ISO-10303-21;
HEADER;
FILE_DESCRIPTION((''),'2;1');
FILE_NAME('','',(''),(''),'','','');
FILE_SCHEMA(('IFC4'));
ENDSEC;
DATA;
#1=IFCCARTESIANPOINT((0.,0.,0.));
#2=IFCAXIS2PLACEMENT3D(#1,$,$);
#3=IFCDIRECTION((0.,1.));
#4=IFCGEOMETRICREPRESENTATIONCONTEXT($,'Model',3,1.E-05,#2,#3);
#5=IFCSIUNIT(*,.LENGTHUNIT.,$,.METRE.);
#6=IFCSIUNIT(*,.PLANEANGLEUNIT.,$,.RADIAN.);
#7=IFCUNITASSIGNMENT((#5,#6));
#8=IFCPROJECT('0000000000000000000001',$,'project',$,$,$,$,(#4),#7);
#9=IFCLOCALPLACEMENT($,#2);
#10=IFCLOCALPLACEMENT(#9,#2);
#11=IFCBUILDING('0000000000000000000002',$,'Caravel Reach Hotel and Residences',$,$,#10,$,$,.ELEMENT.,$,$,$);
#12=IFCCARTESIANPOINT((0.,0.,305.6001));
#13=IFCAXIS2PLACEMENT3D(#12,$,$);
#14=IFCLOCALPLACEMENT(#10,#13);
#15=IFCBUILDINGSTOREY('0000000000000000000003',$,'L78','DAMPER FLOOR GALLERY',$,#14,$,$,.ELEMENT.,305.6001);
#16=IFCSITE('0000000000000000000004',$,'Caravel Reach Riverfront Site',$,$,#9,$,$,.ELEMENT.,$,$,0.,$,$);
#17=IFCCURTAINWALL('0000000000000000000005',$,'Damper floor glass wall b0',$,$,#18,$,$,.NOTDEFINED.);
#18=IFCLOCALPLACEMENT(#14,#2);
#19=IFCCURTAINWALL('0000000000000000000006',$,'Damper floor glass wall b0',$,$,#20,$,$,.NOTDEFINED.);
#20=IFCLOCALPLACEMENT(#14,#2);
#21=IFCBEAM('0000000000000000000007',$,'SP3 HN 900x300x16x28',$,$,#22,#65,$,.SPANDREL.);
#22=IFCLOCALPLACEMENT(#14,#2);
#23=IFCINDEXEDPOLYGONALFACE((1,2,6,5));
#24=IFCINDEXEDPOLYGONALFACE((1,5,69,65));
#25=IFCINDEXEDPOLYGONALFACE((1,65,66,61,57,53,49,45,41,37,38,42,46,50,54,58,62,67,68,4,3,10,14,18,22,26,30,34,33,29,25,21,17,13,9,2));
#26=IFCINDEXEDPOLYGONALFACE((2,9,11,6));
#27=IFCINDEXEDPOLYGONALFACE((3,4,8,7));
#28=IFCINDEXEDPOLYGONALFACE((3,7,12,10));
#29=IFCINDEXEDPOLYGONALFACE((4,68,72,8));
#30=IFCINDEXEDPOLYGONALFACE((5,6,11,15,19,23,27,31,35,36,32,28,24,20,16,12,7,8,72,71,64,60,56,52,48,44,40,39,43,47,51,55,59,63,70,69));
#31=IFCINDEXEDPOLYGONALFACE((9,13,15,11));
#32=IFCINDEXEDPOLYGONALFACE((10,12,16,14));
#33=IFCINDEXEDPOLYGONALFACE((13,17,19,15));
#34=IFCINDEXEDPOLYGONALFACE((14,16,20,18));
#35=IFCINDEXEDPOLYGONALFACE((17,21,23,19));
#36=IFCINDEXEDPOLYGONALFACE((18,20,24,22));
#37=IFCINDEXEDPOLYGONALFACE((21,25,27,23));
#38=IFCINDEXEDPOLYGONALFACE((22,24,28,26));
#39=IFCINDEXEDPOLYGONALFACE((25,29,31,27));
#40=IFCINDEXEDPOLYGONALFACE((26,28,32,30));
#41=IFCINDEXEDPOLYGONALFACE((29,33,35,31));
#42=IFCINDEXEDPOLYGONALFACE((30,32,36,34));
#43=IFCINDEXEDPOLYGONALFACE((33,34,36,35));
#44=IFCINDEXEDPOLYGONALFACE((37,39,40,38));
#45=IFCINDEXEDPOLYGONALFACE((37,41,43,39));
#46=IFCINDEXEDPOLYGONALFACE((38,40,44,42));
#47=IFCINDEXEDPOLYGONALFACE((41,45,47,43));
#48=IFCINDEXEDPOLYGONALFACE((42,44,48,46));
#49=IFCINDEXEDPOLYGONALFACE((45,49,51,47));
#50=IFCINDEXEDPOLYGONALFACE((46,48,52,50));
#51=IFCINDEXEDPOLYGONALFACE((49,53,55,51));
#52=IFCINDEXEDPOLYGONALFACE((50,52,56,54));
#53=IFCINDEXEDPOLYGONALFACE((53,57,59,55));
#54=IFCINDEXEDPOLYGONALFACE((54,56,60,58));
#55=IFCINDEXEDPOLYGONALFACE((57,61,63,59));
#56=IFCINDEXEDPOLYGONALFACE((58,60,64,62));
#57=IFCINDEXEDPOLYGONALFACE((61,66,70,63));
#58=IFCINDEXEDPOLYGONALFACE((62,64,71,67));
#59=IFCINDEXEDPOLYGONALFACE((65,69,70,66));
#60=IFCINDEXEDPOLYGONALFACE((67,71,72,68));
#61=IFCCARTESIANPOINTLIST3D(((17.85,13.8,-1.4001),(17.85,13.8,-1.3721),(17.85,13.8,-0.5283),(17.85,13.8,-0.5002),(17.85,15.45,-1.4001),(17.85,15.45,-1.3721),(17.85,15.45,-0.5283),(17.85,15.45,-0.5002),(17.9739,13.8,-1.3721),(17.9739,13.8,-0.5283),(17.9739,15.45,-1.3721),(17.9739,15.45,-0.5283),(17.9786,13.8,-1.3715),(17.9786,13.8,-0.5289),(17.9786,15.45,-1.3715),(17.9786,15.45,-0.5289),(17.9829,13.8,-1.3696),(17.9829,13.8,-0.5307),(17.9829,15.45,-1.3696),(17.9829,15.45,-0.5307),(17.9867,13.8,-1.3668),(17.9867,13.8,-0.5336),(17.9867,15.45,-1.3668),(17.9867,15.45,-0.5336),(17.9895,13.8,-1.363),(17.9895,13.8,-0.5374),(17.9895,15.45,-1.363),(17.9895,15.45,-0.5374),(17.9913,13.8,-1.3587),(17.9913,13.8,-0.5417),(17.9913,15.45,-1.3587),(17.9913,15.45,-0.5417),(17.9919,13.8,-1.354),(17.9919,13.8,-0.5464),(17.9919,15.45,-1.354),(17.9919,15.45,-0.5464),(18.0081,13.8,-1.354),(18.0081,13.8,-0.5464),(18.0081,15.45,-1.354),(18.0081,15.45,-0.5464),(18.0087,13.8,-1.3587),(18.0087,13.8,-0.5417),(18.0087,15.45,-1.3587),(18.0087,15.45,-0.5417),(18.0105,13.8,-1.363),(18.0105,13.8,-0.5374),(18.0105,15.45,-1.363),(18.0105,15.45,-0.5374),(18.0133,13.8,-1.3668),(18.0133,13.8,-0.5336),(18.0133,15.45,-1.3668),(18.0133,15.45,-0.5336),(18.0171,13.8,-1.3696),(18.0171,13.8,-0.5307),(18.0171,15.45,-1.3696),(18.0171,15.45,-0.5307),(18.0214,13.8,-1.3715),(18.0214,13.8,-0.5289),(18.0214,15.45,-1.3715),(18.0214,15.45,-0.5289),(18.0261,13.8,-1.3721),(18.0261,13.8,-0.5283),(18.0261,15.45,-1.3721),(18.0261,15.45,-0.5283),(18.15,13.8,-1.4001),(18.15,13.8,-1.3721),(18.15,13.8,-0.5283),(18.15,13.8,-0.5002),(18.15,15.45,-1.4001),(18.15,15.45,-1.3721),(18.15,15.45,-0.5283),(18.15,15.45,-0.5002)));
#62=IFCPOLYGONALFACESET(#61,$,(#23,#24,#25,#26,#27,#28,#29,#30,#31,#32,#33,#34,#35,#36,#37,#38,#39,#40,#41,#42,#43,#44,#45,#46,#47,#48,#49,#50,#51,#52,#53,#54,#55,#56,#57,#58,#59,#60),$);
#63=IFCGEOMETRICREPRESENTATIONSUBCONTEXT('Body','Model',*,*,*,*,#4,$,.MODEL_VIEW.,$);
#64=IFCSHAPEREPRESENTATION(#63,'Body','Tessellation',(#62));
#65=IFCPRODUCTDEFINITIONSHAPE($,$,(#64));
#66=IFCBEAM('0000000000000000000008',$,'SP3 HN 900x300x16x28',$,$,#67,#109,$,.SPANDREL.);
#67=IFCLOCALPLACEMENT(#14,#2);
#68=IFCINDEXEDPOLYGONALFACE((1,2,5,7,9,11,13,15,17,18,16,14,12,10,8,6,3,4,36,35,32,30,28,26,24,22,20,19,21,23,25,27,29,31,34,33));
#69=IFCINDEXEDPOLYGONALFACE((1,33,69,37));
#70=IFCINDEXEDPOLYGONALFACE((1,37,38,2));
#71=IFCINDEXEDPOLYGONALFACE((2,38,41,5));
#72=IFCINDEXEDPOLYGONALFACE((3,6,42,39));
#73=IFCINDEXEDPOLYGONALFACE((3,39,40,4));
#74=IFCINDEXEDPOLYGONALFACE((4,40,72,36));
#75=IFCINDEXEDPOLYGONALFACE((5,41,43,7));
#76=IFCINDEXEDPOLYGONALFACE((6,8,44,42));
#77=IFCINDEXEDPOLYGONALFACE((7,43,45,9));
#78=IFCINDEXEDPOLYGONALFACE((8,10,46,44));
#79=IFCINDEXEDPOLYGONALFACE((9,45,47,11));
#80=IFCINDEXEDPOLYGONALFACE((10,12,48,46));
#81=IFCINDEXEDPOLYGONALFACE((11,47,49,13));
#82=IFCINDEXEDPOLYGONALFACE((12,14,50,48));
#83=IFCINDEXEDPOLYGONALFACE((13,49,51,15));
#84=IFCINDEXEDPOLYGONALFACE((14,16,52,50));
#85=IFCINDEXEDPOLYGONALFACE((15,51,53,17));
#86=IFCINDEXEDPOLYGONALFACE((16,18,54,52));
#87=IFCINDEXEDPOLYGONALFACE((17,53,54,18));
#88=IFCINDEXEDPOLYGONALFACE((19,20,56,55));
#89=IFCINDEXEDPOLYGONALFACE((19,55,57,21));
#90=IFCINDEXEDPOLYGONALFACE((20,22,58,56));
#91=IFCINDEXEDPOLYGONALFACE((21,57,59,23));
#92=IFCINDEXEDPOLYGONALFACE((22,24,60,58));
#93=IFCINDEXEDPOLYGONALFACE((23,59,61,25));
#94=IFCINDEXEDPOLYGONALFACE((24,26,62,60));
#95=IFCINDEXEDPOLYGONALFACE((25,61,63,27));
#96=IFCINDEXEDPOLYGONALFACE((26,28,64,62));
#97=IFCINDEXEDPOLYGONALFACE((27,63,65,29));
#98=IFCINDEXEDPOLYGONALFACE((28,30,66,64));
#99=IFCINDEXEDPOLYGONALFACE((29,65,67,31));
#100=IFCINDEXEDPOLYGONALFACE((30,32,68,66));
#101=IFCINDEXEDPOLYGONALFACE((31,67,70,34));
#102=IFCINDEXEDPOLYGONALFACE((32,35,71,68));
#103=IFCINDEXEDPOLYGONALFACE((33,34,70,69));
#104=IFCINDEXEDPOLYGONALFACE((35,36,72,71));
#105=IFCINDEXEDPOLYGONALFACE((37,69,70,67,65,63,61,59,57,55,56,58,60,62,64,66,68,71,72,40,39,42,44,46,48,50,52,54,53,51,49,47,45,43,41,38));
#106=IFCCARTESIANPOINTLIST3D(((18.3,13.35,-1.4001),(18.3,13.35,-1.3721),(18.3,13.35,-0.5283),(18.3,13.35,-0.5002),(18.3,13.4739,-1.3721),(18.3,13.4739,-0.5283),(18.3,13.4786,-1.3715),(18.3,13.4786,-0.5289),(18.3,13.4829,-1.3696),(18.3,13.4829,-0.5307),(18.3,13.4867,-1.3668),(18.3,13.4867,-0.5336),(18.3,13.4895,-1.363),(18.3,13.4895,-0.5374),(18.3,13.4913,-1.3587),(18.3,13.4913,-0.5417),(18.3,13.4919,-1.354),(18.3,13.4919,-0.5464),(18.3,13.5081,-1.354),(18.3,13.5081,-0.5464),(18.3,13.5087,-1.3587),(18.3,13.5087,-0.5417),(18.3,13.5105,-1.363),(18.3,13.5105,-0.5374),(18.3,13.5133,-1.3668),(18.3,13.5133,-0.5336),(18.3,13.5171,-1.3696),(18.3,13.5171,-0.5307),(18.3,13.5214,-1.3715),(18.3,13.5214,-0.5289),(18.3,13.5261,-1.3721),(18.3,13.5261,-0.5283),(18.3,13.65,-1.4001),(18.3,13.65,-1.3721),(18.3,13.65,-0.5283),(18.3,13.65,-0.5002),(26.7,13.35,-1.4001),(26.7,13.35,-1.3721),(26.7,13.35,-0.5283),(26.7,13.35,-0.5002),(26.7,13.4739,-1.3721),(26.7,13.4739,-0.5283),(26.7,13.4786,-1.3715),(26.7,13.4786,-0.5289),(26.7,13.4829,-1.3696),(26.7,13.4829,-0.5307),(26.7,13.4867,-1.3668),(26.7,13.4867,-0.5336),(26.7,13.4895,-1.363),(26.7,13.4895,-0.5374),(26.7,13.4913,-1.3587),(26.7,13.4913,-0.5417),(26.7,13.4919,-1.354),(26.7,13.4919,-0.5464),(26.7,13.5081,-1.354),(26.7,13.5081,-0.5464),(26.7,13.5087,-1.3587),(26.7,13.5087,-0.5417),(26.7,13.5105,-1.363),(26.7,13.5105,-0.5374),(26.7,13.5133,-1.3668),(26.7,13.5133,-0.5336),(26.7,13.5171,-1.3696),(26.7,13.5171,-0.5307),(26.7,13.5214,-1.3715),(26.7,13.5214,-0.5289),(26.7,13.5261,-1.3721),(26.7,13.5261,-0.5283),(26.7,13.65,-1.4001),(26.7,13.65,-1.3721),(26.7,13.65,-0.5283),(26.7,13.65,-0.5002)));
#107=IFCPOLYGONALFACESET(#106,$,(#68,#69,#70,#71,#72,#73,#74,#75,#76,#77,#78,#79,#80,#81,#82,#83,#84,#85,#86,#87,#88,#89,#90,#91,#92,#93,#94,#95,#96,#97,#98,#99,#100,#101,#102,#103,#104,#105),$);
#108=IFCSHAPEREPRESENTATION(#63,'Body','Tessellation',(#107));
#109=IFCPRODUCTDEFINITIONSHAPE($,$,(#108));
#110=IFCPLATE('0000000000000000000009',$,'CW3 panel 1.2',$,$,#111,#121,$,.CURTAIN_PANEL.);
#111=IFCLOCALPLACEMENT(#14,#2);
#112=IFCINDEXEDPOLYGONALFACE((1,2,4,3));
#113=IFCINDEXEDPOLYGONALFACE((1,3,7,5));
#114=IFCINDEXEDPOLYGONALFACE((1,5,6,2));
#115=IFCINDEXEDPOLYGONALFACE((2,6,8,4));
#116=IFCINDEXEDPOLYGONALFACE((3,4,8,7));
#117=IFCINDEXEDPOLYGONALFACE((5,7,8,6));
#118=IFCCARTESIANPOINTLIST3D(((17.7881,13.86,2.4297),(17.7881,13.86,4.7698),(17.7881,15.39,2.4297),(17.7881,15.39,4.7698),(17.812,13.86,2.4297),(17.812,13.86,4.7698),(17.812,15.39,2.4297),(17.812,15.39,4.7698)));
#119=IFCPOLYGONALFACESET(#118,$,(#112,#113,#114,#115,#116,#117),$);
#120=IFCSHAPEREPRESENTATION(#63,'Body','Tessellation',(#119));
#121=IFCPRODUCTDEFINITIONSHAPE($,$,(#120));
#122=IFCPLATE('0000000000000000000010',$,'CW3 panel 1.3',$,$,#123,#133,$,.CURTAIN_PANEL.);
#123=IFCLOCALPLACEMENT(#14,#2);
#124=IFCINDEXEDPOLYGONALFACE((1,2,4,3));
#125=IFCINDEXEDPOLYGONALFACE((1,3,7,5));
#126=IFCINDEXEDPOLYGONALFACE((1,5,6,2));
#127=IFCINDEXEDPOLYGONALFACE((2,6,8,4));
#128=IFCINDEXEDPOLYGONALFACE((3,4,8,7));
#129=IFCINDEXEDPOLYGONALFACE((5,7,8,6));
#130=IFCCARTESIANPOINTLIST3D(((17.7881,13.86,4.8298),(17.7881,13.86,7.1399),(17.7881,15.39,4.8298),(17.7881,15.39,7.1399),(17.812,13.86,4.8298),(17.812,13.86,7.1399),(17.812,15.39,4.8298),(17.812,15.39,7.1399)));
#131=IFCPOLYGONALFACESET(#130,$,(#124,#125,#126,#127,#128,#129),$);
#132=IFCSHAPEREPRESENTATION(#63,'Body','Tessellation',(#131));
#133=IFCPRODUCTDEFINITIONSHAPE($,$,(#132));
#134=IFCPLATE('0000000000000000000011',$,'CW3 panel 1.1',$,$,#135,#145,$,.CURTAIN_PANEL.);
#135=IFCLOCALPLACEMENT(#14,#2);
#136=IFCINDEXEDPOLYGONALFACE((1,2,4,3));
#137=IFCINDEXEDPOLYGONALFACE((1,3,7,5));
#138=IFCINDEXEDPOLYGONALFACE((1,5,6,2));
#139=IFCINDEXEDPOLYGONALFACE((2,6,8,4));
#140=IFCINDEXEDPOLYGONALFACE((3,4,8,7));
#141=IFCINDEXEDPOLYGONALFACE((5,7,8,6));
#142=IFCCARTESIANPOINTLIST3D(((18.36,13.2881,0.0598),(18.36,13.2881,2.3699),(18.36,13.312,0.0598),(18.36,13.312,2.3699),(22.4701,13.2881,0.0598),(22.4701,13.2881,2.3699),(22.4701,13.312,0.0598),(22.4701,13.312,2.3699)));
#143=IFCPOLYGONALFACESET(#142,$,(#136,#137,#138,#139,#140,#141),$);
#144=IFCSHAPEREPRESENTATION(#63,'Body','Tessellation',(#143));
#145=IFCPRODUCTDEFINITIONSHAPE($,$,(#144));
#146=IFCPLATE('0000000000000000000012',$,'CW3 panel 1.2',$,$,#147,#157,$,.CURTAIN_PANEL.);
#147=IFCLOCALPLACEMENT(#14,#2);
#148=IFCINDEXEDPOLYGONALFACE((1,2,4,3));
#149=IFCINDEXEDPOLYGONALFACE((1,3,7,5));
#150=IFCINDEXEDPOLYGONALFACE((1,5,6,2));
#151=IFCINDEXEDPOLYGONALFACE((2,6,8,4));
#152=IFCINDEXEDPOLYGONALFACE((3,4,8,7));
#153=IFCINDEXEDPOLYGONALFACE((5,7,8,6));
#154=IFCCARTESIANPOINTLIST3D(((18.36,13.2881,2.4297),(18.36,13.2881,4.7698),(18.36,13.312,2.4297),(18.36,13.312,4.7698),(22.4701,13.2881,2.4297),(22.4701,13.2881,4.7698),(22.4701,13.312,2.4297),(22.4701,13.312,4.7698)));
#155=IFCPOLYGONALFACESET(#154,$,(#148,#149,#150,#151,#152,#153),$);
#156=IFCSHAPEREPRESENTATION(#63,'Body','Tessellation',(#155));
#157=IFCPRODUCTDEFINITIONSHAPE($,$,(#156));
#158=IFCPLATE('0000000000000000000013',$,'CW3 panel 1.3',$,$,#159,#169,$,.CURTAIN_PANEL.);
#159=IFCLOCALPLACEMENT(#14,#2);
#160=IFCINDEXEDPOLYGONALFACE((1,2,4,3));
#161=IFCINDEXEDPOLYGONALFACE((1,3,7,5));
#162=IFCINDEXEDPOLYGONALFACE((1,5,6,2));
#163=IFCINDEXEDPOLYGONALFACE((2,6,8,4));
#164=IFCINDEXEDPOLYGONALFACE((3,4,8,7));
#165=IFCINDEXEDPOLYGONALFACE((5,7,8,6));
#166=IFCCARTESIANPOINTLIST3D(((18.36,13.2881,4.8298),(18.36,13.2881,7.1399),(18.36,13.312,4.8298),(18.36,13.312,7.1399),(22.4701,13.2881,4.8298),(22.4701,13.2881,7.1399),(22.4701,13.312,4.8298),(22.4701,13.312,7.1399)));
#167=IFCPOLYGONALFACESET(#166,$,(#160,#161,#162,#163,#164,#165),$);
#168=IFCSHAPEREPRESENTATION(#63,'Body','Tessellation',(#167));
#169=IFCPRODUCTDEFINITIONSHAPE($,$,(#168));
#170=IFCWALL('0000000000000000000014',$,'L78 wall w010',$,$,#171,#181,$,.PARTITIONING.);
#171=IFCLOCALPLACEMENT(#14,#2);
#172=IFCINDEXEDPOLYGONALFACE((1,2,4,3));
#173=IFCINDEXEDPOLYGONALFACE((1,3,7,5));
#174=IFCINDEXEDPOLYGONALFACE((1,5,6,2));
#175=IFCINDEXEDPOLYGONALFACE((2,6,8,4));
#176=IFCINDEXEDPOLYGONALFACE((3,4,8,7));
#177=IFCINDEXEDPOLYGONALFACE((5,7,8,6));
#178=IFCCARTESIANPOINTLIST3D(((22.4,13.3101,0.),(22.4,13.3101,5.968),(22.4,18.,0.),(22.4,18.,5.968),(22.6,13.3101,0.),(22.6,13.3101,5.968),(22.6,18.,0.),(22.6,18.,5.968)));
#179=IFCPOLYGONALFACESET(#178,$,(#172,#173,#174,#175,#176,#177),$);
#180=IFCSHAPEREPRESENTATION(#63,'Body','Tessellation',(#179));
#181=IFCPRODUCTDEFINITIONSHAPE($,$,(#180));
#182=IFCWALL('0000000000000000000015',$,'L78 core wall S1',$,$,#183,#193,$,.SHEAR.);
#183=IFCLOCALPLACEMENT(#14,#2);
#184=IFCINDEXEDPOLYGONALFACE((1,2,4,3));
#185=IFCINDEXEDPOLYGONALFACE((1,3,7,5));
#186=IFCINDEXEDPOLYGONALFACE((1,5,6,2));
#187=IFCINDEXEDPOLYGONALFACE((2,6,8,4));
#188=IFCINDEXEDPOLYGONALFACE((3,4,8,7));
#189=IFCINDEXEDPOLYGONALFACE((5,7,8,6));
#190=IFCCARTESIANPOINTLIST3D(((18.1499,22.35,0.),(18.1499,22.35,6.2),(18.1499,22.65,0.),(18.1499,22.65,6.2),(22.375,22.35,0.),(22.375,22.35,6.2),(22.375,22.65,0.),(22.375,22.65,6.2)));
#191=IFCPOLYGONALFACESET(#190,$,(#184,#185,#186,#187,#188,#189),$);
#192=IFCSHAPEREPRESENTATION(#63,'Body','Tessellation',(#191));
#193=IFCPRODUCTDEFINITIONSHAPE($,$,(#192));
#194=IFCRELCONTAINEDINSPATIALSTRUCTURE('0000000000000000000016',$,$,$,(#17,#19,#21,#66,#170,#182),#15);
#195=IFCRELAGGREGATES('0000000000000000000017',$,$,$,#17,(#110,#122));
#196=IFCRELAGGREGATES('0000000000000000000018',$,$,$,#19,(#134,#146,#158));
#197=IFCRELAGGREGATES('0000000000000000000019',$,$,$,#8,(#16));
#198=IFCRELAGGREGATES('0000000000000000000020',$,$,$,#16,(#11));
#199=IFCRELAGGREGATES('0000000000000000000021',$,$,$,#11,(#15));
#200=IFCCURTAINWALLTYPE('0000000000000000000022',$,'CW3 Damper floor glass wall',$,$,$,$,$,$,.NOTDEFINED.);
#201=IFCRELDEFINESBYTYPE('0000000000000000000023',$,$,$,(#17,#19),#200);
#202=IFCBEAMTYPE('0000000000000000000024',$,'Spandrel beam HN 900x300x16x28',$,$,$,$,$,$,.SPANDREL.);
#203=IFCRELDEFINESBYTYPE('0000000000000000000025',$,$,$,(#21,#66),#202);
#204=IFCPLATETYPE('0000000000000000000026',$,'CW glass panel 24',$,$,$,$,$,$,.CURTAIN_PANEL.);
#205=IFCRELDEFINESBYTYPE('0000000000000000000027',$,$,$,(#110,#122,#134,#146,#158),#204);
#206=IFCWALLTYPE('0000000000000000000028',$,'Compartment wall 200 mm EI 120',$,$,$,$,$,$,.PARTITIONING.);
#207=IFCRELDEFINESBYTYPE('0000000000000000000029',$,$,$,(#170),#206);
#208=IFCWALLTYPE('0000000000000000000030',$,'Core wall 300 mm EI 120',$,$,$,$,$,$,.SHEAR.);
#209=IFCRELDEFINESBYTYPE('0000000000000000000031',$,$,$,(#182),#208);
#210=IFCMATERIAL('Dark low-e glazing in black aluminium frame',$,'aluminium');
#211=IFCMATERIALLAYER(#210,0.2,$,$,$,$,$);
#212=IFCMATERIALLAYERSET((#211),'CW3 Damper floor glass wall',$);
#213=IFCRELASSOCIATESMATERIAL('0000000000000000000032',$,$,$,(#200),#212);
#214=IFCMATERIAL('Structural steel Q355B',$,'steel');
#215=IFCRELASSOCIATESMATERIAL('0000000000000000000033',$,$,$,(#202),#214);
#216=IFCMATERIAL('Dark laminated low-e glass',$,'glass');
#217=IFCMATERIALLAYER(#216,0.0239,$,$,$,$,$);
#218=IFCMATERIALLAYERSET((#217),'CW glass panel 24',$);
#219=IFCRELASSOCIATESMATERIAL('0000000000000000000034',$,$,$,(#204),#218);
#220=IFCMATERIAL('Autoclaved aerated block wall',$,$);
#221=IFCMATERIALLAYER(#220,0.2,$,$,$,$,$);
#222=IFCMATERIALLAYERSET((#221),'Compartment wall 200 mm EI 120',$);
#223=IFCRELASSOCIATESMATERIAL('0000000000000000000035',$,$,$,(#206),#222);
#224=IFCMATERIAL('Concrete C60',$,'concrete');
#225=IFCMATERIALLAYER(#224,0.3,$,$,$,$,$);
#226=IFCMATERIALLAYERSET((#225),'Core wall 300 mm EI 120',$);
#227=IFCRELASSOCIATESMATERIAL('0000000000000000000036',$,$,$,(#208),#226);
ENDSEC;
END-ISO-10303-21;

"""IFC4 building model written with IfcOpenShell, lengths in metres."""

from ifc_helpers import new_model, si_unit, direction, frame, frame_2d, origin, origin_2d, place, context, subcontext, project, spatial, rectangle, i_section, extrude, material, layer, layer_set, material_profile, profile_set, type_object, element, aggregate, save


model = new_model("IFC4")

# Units and contexts
model_context = context("Model", 3, precision=1e-05, world=origin(), true_north=direction((0.0, 1.0)))
body_context = subcontext(model_context, "Body", "Model", "MODEL_VIEW")
ifc_project = project(units=[si_unit("LENGTHUNIT", "METRE"), si_unit("PLANEANGLEUNIT", "RADIAN")], contexts=[model_context])

# Site, building, storey
site_placement = place(None, origin())
site = spatial("IfcSite", under=ifc_project, at=site_placement, Name="Caravel Reach Riverfront Site", CompositionType="ELEMENT", RefElevation=0.0)
building_placement = place(site_placement, origin())
building = spatial("IfcBuilding", under=site, at=building_placement, Name="Caravel Reach Hotel and Residences", CompositionType="ELEMENT")
storey_placement = place(building_placement, frame((0.0, 0.0, 305.6001)))
storey = spatial("IfcBuildingStorey", under=building, at=storey_placement, Name="L78", Description="DAMPER FLOOR GALLERY", CompositionType="ELEMENT", Elevation=305.6001)

# Curtain wall
ifc_material_1 = material(Name="Dark low-e glazing in black aluminium frame", Category="aluminium")
ifc_layer_1 = layer(ifc_material_1, 0.2)
ifc_layer_set_1 = layer_set([ifc_layer_1], Name="CW3 Damper floor glass wall")
curtain_wall_type = type_object("IfcCurtainWallType", Name="CW3 Damper floor glass wall", PredefinedType="NOTDEFINED", material=ifc_layer_set_1)
curtain_wall_1_placement = place(storey_placement, origin())
curtain_wall_1 = element("IfcCurtainWall", 1, at=curtain_wall_1_placement, inside=storey, type_object=curtain_wall_type, Name="Damper floor glass wall b0", PredefinedType="NOTDEFINED")

# Curtain wall
curtain_wall_2_placement = place(storey_placement, origin())
curtain_wall_2 = element("IfcCurtainWall", 2, at=curtain_wall_2_placement, inside=storey, type_object=curtain_wall_type, Name="Damper floor glass wall b0", PredefinedType="NOTDEFINED")

# Beams
ifc_material_2 = material(Name="Structural steel Q355B", Category="steel")
ifc_material_profile_1 = material_profile(ifc_material_2, i_section(OverallWidth=0.3, OverallDepth=0.8999, WebThickness=0.0161, FlangeThickness=0.0281, FilletRadius=0.0181, at=origin_2d()), Name="HN 900x300x16x28")
ifc_profile_set_1 = profile_set([ifc_material_profile_1], Name="Structural steel Q355B")
beam_type = type_object("IfcBeamType", Name="Spandrel beam HN 900x300x16x28", PredefinedType="SPANDREL", material=ifc_profile_set_1)
beam_1_placement = place(storey_placement, frame((18.0, 15.45, -0.9502), z_axis=(0.0, -1.0, 0.0), x_axis=(1.0, 0.0, 0.0)))
element("IfcBeam", 3, at=beam_1_placement, inside=storey, type_object=beam_type, Name="SP3 HN 900x300x16x28", PredefinedType="SPANDREL", context=body_context, shape_type="SweptSolid", body=[
    extrude(i_section(OverallWidth=0.3, OverallDepth=0.8999, WebThickness=0.0161, FlangeThickness=0.0281, FilletRadius=0.0181, at=origin_2d()), origin(), (0.0, 0.0, 1.0), 1.6499),
])
beam_2_placement = place(storey_placement, frame((18.3, 13.5, -0.9502), z_axis=(1.0, 0.0, 0.0), x_axis=(0.0, 1.0, 0.0)))
element("IfcBeam", 4, at=beam_2_placement, inside=storey, type_object=beam_type, Name="SP3 HN 900x300x16x28", PredefinedType="SPANDREL", context=body_context, shape_type="SweptSolid", body=[
    extrude(i_section(OverallWidth=0.3, OverallDepth=0.8999, WebThickness=0.0161, FlangeThickness=0.0281, FilletRadius=0.0181, at=origin_2d()), origin(), (0.0, 0.0, 1.0), 8.3999),
])

# Plates
ifc_material_3 = material(Name="Dark laminated low-e glass", Category="glass")
ifc_layer_2 = layer(ifc_material_3, 0.0239)
ifc_layer_set_2 = layer_set([ifc_layer_2], Name="CW glass panel 24")
plate_type = type_object("IfcPlateType", Name="CW glass panel 24", PredefinedType="CURTAIN_PANEL", material=ifc_layer_set_2)
plate_1_placement = place(storey_placement, frame((17.8, 14.625, 2.4297), z_axis=(0.0, 0.0, 1.0), x_axis=(0.0, -1.0, 0.0)))
plate_1 = element("IfcPlate", 5, at=plate_1_placement, type_object=plate_type, Name="CW3 panel 1.2", PredefinedType="CURTAIN_PANEL", context=body_context, shape_type="SweptSolid", body=[
    extrude(rectangle(XDim=1.53, YDim=0.0239, at=origin_2d()), origin(), (0.0, 0.0, 1.0), 2.3401),
])
plate_2_placement = place(storey_placement, frame((17.8, 14.625, 4.8298), z_axis=(0.0, 0.0, 1.0), x_axis=(0.0, -1.0, 0.0)))
plate_2 = element("IfcPlate", 6, at=plate_2_placement, type_object=plate_type, Name="CW3 panel 1.3", PredefinedType="CURTAIN_PANEL", context=body_context, shape_type="SweptSolid", body=[
    extrude(rectangle(XDim=1.53, YDim=0.0239, at=origin_2d()), origin(), (0.0, 0.0, 1.0), 2.3101),
])
aggregate(curtain_wall_1, [plate_1, plate_2])
plate_3_placement = place(storey_placement, frame((20.415, 13.3, 0.0598), z_axis=(0.0, 0.0, 1.0), x_axis=(1.0, 0.0, 0.0)))
plate_3 = element("IfcPlate", 7, at=plate_3_placement, type_object=plate_type, Name="CW3 panel 1.1", PredefinedType="CURTAIN_PANEL", context=body_context, shape_type="SweptSolid", body=[
    extrude(rectangle(XDim=4.1101, YDim=0.0239, at=origin_2d()), origin(), (0.0, 0.0, 1.0), 2.3101),
])
plate_4_placement = place(storey_placement, frame((20.415, 13.3, 2.4297), z_axis=(0.0, 0.0, 1.0), x_axis=(1.0, 0.0, 0.0)))
plate_4 = element("IfcPlate", 8, at=plate_4_placement, type_object=plate_type, Name="CW3 panel 1.2", PredefinedType="CURTAIN_PANEL", context=body_context, shape_type="SweptSolid", body=[
    extrude(rectangle(XDim=4.1101, YDim=0.0239, at=origin_2d()), origin(), (0.0, 0.0, 1.0), 2.3401),
])
plate_5_placement = place(storey_placement, frame((20.415, 13.3, 4.8298), z_axis=(0.0, 0.0, 1.0), x_axis=(1.0, 0.0, 0.0)))
plate_5 = element("IfcPlate", 9, at=plate_5_placement, type_object=plate_type, Name="CW3 panel 1.3", PredefinedType="CURTAIN_PANEL", context=body_context, shape_type="SweptSolid", body=[
    extrude(rectangle(XDim=4.1101, YDim=0.0239, at=origin_2d()), origin(), (0.0, 0.0, 1.0), 2.3101),
])
aggregate(curtain_wall_2, [plate_3, plate_4, plate_5])

# Walls
ifc_material_4 = material(Name="Autoclaved aerated block wall")
ifc_layer_3 = layer(ifc_material_4, 0.2)
ifc_layer_set_3 = layer_set([ifc_layer_3], Name="Compartment wall 200 mm EI 120")
wall_type_1 = type_object("IfcWallType", Name="Compartment wall 200 mm EI 120", PredefinedType="PARTITIONING", material=ifc_layer_set_3)
wall_1_placement = place(storey_placement, frame((22.5, 13.3101, 0.0), z_axis=(0.0, 0.0, 1.0), x_axis=(0.0, 1.0, 0.0)))
element("IfcWall", 10, at=wall_1_placement, inside=storey, type_object=wall_type_1, Name="L78 wall w010", PredefinedType="PARTITIONING", context=body_context, shape_type="SweptSolid", body=[
    extrude(rectangle(XDim=4.6899, YDim=0.2, at=frame_2d((2.345, 0.0))), origin(), (0.0, 0.0, 1.0), 5.968),
])
ifc_material_5 = material(Name="Concrete C60", Category="concrete")
ifc_layer_4 = layer(ifc_material_5, 0.3)
ifc_layer_set_4 = layer_set([ifc_layer_4], Name="Core wall 300 mm EI 120")
wall_type_2 = type_object("IfcWallType", Name="Core wall 300 mm EI 120", PredefinedType="SHEAR", material=ifc_layer_set_4)
wall_2_placement = place(storey_placement, frame((18.1499, 22.5, 0.0), z_axis=(0.0, 0.0, 1.0), x_axis=(1.0, 0.0, 0.0)))
element("IfcWall", 11, at=wall_2_placement, inside=storey, type_object=wall_type_2, Name="L78 core wall S1", PredefinedType="SHEAR", context=body_context, shape_type="SweptSolid", body=[
    extrude(rectangle(XDim=4.2251, YDim=0.3, at=frame_2d((2.1125, 0.0))), origin(), (0.0, 0.0, 1.0), 6.2),
])

save(model, "model.ifc")
